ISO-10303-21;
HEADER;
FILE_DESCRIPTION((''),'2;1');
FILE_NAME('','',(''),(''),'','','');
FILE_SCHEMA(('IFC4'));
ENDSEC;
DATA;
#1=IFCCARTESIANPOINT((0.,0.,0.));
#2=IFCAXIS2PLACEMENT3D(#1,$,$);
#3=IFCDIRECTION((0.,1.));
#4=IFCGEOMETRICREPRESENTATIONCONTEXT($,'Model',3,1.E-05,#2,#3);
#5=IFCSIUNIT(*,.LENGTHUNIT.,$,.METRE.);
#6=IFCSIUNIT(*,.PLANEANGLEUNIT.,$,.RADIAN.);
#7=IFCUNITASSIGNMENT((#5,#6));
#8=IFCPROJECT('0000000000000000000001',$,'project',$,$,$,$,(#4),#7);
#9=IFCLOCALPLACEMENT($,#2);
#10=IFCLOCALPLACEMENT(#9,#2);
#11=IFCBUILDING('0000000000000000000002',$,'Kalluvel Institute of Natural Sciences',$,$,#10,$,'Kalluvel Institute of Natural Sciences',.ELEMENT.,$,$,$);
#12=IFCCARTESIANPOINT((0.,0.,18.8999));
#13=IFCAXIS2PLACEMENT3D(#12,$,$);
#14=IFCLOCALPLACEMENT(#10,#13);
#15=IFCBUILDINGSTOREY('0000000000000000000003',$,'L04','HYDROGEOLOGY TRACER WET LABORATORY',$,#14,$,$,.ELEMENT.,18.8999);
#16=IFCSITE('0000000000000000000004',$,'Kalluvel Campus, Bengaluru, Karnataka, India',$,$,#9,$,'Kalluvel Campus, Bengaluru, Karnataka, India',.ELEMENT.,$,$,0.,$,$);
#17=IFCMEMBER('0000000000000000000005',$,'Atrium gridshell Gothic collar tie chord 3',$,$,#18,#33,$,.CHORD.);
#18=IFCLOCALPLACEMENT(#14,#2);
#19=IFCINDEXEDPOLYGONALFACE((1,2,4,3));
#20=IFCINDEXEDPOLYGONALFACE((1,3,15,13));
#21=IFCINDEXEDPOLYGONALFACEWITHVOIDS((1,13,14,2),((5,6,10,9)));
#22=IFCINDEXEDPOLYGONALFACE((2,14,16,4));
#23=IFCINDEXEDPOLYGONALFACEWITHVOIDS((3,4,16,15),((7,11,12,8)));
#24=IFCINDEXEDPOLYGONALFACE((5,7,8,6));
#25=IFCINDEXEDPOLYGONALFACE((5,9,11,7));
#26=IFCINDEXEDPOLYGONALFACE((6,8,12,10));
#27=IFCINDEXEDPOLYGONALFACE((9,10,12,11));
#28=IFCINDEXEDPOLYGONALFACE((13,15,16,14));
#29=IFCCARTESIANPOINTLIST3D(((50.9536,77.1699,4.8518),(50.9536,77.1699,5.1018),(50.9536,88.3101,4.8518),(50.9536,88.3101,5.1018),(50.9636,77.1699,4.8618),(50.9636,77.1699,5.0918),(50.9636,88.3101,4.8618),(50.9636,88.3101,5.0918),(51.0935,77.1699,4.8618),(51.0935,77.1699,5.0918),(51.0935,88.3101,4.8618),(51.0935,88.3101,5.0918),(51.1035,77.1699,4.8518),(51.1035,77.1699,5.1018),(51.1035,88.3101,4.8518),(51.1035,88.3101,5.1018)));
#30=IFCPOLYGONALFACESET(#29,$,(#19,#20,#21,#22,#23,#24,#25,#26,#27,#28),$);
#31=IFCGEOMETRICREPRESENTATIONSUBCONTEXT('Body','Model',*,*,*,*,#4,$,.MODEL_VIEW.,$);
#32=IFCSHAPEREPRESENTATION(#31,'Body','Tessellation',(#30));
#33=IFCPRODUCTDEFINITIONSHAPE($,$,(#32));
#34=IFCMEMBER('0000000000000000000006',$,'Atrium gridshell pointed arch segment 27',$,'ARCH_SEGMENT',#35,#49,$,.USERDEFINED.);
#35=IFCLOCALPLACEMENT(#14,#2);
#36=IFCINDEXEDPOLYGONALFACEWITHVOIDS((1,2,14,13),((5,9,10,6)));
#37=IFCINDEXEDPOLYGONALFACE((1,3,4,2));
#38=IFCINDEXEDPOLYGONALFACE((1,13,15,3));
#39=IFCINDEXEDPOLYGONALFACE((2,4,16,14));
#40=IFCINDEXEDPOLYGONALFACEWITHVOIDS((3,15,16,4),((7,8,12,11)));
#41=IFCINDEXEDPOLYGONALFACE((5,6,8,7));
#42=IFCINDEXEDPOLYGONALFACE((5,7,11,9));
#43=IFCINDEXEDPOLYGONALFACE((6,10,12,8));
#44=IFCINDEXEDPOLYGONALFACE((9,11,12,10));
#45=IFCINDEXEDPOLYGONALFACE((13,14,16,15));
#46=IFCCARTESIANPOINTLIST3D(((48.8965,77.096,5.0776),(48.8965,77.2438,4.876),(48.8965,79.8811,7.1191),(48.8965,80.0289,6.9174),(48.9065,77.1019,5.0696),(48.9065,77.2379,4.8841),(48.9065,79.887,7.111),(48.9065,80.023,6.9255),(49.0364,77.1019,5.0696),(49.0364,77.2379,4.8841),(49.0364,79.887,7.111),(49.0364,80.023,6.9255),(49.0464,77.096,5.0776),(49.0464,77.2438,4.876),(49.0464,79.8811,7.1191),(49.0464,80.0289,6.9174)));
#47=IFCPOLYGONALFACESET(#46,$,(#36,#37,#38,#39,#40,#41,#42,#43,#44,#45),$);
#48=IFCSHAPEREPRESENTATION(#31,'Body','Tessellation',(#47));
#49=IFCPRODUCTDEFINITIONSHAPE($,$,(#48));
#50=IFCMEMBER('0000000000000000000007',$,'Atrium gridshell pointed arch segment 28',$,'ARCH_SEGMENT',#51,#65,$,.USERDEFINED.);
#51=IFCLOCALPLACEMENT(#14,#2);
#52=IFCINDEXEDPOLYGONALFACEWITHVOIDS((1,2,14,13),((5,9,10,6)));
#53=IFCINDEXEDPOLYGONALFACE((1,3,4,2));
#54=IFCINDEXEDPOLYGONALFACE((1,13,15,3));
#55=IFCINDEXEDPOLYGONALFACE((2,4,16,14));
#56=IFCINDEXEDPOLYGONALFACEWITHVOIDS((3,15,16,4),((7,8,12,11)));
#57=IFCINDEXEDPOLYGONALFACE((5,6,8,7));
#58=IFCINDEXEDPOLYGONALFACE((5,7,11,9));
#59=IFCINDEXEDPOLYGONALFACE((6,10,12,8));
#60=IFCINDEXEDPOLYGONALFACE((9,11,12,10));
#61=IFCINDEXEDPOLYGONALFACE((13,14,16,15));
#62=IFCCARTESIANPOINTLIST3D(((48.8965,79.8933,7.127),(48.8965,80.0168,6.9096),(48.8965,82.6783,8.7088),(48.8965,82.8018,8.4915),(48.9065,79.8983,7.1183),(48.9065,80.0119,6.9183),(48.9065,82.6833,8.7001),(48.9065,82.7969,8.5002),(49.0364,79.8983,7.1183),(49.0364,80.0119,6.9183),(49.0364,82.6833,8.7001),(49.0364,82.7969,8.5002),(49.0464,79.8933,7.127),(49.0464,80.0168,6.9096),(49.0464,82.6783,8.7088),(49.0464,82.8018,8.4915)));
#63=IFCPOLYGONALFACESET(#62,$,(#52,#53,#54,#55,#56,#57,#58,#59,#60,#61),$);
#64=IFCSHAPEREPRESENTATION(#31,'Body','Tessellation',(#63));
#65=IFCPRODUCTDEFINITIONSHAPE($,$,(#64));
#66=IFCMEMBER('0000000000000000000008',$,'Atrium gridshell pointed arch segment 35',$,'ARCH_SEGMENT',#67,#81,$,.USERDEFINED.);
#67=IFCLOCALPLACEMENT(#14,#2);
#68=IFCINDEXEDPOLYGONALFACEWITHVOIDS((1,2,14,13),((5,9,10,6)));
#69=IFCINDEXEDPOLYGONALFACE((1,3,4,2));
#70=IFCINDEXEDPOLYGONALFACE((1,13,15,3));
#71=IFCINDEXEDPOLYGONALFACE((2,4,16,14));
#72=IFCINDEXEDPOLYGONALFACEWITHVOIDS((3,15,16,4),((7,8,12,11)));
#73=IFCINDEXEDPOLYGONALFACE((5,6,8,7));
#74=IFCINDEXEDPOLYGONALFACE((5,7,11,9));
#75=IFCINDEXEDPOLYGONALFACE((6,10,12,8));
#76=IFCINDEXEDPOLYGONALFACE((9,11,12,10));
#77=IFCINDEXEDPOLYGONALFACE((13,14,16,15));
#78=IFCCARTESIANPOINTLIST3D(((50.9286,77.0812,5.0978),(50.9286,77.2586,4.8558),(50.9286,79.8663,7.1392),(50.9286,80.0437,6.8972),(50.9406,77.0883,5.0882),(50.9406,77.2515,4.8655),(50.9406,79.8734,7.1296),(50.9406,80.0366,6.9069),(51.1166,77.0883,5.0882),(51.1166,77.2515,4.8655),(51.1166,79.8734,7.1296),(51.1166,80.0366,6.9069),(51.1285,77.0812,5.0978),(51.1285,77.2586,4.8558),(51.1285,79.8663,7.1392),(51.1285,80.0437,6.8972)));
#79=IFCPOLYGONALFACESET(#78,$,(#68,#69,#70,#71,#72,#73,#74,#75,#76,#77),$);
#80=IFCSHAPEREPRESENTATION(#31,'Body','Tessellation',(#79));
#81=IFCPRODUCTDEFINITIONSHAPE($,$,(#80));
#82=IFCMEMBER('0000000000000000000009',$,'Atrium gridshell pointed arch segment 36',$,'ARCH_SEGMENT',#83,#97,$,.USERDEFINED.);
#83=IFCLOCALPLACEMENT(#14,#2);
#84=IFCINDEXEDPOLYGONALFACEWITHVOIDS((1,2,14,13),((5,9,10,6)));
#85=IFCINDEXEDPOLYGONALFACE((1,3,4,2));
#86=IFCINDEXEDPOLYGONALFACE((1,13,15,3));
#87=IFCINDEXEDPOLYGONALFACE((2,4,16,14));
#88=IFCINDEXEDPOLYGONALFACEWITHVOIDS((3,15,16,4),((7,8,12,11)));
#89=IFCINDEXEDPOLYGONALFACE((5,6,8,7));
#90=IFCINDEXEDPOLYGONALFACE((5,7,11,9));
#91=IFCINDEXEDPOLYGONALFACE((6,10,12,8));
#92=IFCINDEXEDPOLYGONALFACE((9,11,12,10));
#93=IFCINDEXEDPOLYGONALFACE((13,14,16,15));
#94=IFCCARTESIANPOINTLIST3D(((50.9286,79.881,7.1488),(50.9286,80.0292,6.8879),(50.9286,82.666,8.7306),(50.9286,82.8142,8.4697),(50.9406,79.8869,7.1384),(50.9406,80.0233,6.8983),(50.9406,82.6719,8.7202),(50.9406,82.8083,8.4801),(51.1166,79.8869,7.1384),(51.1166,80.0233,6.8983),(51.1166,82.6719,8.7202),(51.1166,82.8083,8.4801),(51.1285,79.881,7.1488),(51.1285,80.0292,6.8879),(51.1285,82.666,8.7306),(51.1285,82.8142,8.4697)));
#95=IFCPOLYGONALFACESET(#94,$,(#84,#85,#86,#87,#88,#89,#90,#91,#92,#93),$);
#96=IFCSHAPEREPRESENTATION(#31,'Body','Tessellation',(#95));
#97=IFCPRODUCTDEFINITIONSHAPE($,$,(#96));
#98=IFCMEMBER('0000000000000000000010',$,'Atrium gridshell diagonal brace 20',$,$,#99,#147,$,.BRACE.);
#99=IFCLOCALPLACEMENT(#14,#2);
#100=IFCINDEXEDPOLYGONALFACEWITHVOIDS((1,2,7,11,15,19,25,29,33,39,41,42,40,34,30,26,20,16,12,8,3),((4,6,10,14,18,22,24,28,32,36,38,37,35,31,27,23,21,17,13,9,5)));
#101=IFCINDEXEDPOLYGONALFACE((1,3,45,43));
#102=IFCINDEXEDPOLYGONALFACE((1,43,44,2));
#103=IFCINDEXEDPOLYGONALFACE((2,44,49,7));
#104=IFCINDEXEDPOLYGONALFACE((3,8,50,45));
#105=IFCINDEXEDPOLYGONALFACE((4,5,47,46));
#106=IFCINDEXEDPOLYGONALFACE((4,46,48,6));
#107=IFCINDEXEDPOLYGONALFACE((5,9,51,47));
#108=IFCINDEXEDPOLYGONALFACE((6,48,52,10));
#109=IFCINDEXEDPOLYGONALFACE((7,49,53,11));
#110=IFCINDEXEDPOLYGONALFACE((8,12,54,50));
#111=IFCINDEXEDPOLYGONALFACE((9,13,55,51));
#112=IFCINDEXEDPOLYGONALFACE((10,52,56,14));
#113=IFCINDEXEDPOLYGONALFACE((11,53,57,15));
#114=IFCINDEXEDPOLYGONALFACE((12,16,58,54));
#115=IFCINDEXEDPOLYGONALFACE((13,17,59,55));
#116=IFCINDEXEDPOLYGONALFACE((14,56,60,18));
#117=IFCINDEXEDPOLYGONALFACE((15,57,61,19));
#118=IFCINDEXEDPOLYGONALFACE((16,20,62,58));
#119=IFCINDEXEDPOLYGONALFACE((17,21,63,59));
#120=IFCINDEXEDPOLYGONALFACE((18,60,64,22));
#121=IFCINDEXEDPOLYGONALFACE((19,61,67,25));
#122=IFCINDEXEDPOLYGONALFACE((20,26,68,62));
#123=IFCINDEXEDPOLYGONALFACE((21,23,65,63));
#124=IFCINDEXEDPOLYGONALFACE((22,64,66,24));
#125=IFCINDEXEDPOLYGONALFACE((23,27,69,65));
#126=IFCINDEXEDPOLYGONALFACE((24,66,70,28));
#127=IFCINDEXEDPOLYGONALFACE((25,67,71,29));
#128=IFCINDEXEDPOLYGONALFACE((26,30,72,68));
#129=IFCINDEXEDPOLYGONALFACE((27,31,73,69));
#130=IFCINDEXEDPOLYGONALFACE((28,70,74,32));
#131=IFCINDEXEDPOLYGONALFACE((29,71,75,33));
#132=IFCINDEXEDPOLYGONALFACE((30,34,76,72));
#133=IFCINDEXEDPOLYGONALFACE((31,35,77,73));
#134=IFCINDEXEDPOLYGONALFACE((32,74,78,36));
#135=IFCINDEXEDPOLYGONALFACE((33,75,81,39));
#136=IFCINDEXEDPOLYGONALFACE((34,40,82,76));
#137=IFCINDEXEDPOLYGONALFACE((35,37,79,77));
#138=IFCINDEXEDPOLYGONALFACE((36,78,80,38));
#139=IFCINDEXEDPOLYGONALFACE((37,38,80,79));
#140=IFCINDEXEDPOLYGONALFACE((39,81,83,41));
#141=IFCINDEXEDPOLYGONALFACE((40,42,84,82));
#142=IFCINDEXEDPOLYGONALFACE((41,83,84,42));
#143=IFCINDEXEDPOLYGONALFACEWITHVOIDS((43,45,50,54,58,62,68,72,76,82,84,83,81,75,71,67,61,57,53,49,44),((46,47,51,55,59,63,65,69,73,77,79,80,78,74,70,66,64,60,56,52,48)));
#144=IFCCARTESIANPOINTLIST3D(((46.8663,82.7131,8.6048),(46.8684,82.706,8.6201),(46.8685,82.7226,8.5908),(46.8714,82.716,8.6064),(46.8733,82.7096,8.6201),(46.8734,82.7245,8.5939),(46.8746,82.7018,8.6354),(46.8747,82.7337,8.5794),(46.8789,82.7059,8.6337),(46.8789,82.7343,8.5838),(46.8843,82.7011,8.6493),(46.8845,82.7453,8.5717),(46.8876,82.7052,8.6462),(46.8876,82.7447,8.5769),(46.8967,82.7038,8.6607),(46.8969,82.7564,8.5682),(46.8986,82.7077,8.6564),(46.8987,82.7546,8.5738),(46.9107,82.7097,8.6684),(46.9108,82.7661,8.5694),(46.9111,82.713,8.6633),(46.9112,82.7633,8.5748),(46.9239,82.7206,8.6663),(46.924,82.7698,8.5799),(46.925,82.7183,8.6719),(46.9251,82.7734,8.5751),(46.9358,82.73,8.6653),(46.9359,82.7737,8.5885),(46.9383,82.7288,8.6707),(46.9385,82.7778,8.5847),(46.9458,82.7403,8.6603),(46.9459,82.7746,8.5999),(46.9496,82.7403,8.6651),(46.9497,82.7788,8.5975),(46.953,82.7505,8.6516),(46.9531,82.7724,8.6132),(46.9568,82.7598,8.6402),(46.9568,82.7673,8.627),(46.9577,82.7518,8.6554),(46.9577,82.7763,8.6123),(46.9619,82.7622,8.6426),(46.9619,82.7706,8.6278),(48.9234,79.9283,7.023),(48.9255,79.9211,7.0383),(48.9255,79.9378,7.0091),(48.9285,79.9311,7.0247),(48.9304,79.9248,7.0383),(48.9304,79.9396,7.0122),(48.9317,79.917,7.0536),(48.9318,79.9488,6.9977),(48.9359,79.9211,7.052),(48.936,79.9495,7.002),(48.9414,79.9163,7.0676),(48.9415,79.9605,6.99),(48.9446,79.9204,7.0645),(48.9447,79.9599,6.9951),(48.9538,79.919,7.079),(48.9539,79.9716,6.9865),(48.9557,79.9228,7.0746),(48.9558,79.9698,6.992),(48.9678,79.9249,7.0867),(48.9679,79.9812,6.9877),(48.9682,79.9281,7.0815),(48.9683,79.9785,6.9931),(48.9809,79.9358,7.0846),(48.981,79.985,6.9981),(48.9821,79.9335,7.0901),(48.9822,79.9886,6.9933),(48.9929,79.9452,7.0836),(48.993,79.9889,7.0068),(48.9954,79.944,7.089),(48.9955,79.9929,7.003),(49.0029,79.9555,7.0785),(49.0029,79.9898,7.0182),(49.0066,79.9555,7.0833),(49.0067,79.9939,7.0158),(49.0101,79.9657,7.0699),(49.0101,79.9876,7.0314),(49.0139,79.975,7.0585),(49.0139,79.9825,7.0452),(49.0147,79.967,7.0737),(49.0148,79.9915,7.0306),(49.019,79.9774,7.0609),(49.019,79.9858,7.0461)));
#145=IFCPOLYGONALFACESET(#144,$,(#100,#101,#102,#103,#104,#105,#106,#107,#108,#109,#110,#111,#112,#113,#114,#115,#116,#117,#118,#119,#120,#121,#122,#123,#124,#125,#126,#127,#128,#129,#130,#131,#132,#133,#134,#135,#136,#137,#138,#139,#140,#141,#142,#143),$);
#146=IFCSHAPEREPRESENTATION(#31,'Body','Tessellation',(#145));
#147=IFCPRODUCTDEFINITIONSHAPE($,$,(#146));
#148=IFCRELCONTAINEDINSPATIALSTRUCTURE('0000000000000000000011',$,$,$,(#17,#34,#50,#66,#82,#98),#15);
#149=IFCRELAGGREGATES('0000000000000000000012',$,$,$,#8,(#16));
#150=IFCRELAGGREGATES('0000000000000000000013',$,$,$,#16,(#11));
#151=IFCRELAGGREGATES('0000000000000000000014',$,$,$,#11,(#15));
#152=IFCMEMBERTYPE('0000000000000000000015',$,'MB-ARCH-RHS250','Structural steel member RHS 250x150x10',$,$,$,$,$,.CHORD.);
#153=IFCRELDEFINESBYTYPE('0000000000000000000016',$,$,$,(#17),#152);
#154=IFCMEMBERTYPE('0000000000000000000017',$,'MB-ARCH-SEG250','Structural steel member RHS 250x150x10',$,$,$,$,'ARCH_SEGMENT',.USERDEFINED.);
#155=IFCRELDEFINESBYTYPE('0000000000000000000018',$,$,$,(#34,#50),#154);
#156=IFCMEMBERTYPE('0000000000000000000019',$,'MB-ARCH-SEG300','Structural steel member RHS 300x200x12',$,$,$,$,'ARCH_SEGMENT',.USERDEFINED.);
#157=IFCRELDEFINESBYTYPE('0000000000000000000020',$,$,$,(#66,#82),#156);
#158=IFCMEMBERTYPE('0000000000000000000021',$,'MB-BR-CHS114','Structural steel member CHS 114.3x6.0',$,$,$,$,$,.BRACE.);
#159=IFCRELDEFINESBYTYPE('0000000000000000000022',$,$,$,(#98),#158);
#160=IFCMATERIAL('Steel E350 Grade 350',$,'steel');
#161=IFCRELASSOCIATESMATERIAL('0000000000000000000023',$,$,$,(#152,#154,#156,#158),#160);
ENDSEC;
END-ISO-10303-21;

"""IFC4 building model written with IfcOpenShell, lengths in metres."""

from ifc_helpers import new_model, si_unit, direction, frame, origin, origin_2d, place, context, subcontext, project, spatial, hollow_rectangle, hollow_circle, extrude, material, material_profile, profile_set, type_object, element, save


model = new_model("IFC4")

# Units and contexts
model_context = context("Model", 3, precision=1e-05, world=origin(), true_north=direction((0.0, 1.0)))
body_context = subcontext(model_context, "Body", "Model", "MODEL_VIEW")
ifc_project = project(units=[si_unit("LENGTHUNIT", "METRE"), si_unit("PLANEANGLEUNIT", "RADIAN")], contexts=[model_context])

# Site, building, storey
site_placement = place(None, origin())
site = spatial("IfcSite", under=ifc_project, at=site_placement, Name="Kalluvel Campus, Bengaluru, Karnataka, India", LongName="Kalluvel Campus, Bengaluru, Karnataka, India", CompositionType="ELEMENT", RefElevation=0.0)
building_placement = place(site_placement, origin())
building = spatial("IfcBuilding", under=site, at=building_placement, Name="Kalluvel Institute of Natural Sciences", LongName="Kalluvel Institute of Natural Sciences", CompositionType="ELEMENT")
storey_placement = place(building_placement, frame((0.0, 0.0, 18.8999)))
storey = spatial("IfcBuildingStorey", under=building, at=storey_placement, Name="L04", Description="HYDROGEOLOGY TRACER WET LABORATORY", CompositionType="ELEMENT", Elevation=18.8999)

# Members
ifc_material_1 = material(Name="Steel E350 Grade 350", Category="steel")
ifc_material_profile_1 = material_profile(ifc_material_1, hollow_rectangle(XDim=0.1499, YDim=0.25, WallThickness=0.01, at=origin_2d()), Name="RHS 250x150x10")
ifc_profile_set_1 = profile_set([ifc_material_profile_1], Name="Steel E350 Grade 350")
member_type_1 = type_object("IfcMemberType", Name="MB-ARCH-RHS250", Description="Structural steel member RHS 250x150x10", PredefinedType="CHORD", material=ifc_profile_set_1)
member_1_placement = place(storey_placement, frame((51.0286, 77.1699, 4.9768), z_axis=(0.0, 1.0, 0.0), x_axis=(-1.0, 0.0, 0.0)))
element("IfcMember", 1, at=member_1_placement, inside=storey, type_object=member_type_1, Name="Atrium gridshell Gothic collar tie chord 3", PredefinedType="CHORD", context=body_context, shape_type="SweptSolid", body=[
    extrude(hollow_rectangle(XDim=0.1499, YDim=0.25, WallThickness=0.01, at=origin_2d()), origin(), (0.0, 0.0, 1.0), 11.1401),
])
ifc_material_profile_2 = material_profile(ifc_material_1, hollow_rectangle(XDim=0.1499, YDim=0.25, WallThickness=0.01, at=origin_2d()), Name="RHS 250x150x10")
ifc_profile_set_2 = profile_set([ifc_material_profile_2], Name="Steel E350 Grade 350")
member_type_2 = type_object("IfcMemberType", Name="MB-ARCH-SEG250", Description="Structural steel member RHS 250x150x10", ElementType="ARCH_SEGMENT", PredefinedType="USERDEFINED", material=ifc_profile_set_2)
member_2_placement = place(storey_placement, frame((48.9714, 77.1699, 4.9768), z_axis=(0.0, 0.806535, 0.591186), x_axis=(-1.0, 0.0, 0.0)))
element("IfcMember", 2, at=member_2_placement, inside=storey, type_object=member_type_2, Name="Atrium gridshell pointed arch segment 27", ObjectType="ARCH_SEGMENT", PredefinedType="USERDEFINED", context=body_context, shape_type="SweptSolid", body=[
    extrude(hollow_rectangle(XDim=0.1499, YDim=0.25, WallThickness=0.01, at=origin_2d()), origin(), (0.0, 0.0, 1.0), 3.4531),
])
member_3_placement = place(storey_placement, frame((48.9714, 79.9551, 7.0183), z_axis=(0.0, 0.86953, 0.49388), x_axis=(-1.0, 0.0, 0.0)))
element("IfcMember", 3, at=member_3_placement, inside=storey, type_object=member_type_2, Name="Atrium gridshell pointed arch segment 28", ObjectType="ARCH_SEGMENT", PredefinedType="USERDEFINED", context=body_context, shape_type="SweptSolid", body=[
    extrude(hollow_rectangle(XDim=0.1499, YDim=0.25, WallThickness=0.01, at=origin_2d()), origin(), (0.0, 0.0, 1.0), 3.2029),
])
ifc_material_profile_3 = material_profile(ifc_material_1, hollow_rectangle(XDim=0.2, YDim=0.3, WallThickness=0.012, at=origin_2d()), Name="RHS 300x200x12")
ifc_profile_set_3 = profile_set([ifc_material_profile_3], Name="Steel E350 Grade 350")
member_type_3 = type_object("IfcMemberType", Name="MB-ARCH-SEG300", Description="Structural steel member RHS 300x200x12", ElementType="ARCH_SEGMENT", PredefinedType="USERDEFINED", material=ifc_profile_set_3)
member_4_placement = place(storey_placement, frame((51.0286, 77.1699, 4.9768), z_axis=(0.0, 0.806535, 0.591186), x_axis=(-1.0, 0.0, 0.0)))
element("IfcMember", 4, at=member_4_placement, inside=storey, type_object=member_type_3, Name="Atrium gridshell pointed arch segment 35", ObjectType="ARCH_SEGMENT", PredefinedType="USERDEFINED", context=body_context, shape_type="SweptSolid", body=[
    extrude(hollow_rectangle(XDim=0.2, YDim=0.3, WallThickness=0.012, at=origin_2d()), origin(), (0.0, 0.0, 1.0), 3.4531),
])
member_5_placement = place(storey_placement, frame((51.0286, 79.9551, 7.0183), z_axis=(0.0, 0.86953, 0.49388), x_axis=(-1.0, 0.0, 0.0)))
element("IfcMember", 5, at=member_5_placement, inside=storey, type_object=member_type_3, Name="Atrium gridshell pointed arch segment 36", ObjectType="ARCH_SEGMENT", PredefinedType="USERDEFINED", context=body_context, shape_type="SweptSolid", body=[
    extrude(hollow_rectangle(XDim=0.2, YDim=0.3, WallThickness=0.012, at=origin_2d()), origin(), (0.0, 0.0, 1.0), 3.2029),
])
ifc_material_profile_4 = material_profile(ifc_material_1, hollow_circle(Radius=0.0571, WallThickness=0.0061, at=origin_2d()), Name="CHS 114.3x6.0")
ifc_profile_set_4 = profile_set([ifc_material_profile_4], Name="Steel E350 Grade 350")
member_type_4 = type_object("IfcMemberType", Name="MB-BR-CHS114", Description="Structural steel member CHS 114.3x6.0", PredefinedType="BRACE", material=ifc_profile_set_4)
member_6_placement = place(storey_placement, frame((48.9714, 79.9551, 7.0383), z_axis=(-0.540423, 0.731617, 0.415547), x_axis=(-0.804353, -0.594151, 0.0)))
element("IfcMember", 6, at=member_6_placement, inside=storey, type_object=member_type_4, Name="Atrium gridshell diagonal brace 20", PredefinedType="BRACE", context=body_context, shape_type="SweptSolid", body=[
    extrude(hollow_circle(Radius=0.0571, WallThickness=0.0061, at=origin_2d()), origin(), (0.0, 0.0, 1.0), 3.8064),
])

save(model, "model.ifc")
